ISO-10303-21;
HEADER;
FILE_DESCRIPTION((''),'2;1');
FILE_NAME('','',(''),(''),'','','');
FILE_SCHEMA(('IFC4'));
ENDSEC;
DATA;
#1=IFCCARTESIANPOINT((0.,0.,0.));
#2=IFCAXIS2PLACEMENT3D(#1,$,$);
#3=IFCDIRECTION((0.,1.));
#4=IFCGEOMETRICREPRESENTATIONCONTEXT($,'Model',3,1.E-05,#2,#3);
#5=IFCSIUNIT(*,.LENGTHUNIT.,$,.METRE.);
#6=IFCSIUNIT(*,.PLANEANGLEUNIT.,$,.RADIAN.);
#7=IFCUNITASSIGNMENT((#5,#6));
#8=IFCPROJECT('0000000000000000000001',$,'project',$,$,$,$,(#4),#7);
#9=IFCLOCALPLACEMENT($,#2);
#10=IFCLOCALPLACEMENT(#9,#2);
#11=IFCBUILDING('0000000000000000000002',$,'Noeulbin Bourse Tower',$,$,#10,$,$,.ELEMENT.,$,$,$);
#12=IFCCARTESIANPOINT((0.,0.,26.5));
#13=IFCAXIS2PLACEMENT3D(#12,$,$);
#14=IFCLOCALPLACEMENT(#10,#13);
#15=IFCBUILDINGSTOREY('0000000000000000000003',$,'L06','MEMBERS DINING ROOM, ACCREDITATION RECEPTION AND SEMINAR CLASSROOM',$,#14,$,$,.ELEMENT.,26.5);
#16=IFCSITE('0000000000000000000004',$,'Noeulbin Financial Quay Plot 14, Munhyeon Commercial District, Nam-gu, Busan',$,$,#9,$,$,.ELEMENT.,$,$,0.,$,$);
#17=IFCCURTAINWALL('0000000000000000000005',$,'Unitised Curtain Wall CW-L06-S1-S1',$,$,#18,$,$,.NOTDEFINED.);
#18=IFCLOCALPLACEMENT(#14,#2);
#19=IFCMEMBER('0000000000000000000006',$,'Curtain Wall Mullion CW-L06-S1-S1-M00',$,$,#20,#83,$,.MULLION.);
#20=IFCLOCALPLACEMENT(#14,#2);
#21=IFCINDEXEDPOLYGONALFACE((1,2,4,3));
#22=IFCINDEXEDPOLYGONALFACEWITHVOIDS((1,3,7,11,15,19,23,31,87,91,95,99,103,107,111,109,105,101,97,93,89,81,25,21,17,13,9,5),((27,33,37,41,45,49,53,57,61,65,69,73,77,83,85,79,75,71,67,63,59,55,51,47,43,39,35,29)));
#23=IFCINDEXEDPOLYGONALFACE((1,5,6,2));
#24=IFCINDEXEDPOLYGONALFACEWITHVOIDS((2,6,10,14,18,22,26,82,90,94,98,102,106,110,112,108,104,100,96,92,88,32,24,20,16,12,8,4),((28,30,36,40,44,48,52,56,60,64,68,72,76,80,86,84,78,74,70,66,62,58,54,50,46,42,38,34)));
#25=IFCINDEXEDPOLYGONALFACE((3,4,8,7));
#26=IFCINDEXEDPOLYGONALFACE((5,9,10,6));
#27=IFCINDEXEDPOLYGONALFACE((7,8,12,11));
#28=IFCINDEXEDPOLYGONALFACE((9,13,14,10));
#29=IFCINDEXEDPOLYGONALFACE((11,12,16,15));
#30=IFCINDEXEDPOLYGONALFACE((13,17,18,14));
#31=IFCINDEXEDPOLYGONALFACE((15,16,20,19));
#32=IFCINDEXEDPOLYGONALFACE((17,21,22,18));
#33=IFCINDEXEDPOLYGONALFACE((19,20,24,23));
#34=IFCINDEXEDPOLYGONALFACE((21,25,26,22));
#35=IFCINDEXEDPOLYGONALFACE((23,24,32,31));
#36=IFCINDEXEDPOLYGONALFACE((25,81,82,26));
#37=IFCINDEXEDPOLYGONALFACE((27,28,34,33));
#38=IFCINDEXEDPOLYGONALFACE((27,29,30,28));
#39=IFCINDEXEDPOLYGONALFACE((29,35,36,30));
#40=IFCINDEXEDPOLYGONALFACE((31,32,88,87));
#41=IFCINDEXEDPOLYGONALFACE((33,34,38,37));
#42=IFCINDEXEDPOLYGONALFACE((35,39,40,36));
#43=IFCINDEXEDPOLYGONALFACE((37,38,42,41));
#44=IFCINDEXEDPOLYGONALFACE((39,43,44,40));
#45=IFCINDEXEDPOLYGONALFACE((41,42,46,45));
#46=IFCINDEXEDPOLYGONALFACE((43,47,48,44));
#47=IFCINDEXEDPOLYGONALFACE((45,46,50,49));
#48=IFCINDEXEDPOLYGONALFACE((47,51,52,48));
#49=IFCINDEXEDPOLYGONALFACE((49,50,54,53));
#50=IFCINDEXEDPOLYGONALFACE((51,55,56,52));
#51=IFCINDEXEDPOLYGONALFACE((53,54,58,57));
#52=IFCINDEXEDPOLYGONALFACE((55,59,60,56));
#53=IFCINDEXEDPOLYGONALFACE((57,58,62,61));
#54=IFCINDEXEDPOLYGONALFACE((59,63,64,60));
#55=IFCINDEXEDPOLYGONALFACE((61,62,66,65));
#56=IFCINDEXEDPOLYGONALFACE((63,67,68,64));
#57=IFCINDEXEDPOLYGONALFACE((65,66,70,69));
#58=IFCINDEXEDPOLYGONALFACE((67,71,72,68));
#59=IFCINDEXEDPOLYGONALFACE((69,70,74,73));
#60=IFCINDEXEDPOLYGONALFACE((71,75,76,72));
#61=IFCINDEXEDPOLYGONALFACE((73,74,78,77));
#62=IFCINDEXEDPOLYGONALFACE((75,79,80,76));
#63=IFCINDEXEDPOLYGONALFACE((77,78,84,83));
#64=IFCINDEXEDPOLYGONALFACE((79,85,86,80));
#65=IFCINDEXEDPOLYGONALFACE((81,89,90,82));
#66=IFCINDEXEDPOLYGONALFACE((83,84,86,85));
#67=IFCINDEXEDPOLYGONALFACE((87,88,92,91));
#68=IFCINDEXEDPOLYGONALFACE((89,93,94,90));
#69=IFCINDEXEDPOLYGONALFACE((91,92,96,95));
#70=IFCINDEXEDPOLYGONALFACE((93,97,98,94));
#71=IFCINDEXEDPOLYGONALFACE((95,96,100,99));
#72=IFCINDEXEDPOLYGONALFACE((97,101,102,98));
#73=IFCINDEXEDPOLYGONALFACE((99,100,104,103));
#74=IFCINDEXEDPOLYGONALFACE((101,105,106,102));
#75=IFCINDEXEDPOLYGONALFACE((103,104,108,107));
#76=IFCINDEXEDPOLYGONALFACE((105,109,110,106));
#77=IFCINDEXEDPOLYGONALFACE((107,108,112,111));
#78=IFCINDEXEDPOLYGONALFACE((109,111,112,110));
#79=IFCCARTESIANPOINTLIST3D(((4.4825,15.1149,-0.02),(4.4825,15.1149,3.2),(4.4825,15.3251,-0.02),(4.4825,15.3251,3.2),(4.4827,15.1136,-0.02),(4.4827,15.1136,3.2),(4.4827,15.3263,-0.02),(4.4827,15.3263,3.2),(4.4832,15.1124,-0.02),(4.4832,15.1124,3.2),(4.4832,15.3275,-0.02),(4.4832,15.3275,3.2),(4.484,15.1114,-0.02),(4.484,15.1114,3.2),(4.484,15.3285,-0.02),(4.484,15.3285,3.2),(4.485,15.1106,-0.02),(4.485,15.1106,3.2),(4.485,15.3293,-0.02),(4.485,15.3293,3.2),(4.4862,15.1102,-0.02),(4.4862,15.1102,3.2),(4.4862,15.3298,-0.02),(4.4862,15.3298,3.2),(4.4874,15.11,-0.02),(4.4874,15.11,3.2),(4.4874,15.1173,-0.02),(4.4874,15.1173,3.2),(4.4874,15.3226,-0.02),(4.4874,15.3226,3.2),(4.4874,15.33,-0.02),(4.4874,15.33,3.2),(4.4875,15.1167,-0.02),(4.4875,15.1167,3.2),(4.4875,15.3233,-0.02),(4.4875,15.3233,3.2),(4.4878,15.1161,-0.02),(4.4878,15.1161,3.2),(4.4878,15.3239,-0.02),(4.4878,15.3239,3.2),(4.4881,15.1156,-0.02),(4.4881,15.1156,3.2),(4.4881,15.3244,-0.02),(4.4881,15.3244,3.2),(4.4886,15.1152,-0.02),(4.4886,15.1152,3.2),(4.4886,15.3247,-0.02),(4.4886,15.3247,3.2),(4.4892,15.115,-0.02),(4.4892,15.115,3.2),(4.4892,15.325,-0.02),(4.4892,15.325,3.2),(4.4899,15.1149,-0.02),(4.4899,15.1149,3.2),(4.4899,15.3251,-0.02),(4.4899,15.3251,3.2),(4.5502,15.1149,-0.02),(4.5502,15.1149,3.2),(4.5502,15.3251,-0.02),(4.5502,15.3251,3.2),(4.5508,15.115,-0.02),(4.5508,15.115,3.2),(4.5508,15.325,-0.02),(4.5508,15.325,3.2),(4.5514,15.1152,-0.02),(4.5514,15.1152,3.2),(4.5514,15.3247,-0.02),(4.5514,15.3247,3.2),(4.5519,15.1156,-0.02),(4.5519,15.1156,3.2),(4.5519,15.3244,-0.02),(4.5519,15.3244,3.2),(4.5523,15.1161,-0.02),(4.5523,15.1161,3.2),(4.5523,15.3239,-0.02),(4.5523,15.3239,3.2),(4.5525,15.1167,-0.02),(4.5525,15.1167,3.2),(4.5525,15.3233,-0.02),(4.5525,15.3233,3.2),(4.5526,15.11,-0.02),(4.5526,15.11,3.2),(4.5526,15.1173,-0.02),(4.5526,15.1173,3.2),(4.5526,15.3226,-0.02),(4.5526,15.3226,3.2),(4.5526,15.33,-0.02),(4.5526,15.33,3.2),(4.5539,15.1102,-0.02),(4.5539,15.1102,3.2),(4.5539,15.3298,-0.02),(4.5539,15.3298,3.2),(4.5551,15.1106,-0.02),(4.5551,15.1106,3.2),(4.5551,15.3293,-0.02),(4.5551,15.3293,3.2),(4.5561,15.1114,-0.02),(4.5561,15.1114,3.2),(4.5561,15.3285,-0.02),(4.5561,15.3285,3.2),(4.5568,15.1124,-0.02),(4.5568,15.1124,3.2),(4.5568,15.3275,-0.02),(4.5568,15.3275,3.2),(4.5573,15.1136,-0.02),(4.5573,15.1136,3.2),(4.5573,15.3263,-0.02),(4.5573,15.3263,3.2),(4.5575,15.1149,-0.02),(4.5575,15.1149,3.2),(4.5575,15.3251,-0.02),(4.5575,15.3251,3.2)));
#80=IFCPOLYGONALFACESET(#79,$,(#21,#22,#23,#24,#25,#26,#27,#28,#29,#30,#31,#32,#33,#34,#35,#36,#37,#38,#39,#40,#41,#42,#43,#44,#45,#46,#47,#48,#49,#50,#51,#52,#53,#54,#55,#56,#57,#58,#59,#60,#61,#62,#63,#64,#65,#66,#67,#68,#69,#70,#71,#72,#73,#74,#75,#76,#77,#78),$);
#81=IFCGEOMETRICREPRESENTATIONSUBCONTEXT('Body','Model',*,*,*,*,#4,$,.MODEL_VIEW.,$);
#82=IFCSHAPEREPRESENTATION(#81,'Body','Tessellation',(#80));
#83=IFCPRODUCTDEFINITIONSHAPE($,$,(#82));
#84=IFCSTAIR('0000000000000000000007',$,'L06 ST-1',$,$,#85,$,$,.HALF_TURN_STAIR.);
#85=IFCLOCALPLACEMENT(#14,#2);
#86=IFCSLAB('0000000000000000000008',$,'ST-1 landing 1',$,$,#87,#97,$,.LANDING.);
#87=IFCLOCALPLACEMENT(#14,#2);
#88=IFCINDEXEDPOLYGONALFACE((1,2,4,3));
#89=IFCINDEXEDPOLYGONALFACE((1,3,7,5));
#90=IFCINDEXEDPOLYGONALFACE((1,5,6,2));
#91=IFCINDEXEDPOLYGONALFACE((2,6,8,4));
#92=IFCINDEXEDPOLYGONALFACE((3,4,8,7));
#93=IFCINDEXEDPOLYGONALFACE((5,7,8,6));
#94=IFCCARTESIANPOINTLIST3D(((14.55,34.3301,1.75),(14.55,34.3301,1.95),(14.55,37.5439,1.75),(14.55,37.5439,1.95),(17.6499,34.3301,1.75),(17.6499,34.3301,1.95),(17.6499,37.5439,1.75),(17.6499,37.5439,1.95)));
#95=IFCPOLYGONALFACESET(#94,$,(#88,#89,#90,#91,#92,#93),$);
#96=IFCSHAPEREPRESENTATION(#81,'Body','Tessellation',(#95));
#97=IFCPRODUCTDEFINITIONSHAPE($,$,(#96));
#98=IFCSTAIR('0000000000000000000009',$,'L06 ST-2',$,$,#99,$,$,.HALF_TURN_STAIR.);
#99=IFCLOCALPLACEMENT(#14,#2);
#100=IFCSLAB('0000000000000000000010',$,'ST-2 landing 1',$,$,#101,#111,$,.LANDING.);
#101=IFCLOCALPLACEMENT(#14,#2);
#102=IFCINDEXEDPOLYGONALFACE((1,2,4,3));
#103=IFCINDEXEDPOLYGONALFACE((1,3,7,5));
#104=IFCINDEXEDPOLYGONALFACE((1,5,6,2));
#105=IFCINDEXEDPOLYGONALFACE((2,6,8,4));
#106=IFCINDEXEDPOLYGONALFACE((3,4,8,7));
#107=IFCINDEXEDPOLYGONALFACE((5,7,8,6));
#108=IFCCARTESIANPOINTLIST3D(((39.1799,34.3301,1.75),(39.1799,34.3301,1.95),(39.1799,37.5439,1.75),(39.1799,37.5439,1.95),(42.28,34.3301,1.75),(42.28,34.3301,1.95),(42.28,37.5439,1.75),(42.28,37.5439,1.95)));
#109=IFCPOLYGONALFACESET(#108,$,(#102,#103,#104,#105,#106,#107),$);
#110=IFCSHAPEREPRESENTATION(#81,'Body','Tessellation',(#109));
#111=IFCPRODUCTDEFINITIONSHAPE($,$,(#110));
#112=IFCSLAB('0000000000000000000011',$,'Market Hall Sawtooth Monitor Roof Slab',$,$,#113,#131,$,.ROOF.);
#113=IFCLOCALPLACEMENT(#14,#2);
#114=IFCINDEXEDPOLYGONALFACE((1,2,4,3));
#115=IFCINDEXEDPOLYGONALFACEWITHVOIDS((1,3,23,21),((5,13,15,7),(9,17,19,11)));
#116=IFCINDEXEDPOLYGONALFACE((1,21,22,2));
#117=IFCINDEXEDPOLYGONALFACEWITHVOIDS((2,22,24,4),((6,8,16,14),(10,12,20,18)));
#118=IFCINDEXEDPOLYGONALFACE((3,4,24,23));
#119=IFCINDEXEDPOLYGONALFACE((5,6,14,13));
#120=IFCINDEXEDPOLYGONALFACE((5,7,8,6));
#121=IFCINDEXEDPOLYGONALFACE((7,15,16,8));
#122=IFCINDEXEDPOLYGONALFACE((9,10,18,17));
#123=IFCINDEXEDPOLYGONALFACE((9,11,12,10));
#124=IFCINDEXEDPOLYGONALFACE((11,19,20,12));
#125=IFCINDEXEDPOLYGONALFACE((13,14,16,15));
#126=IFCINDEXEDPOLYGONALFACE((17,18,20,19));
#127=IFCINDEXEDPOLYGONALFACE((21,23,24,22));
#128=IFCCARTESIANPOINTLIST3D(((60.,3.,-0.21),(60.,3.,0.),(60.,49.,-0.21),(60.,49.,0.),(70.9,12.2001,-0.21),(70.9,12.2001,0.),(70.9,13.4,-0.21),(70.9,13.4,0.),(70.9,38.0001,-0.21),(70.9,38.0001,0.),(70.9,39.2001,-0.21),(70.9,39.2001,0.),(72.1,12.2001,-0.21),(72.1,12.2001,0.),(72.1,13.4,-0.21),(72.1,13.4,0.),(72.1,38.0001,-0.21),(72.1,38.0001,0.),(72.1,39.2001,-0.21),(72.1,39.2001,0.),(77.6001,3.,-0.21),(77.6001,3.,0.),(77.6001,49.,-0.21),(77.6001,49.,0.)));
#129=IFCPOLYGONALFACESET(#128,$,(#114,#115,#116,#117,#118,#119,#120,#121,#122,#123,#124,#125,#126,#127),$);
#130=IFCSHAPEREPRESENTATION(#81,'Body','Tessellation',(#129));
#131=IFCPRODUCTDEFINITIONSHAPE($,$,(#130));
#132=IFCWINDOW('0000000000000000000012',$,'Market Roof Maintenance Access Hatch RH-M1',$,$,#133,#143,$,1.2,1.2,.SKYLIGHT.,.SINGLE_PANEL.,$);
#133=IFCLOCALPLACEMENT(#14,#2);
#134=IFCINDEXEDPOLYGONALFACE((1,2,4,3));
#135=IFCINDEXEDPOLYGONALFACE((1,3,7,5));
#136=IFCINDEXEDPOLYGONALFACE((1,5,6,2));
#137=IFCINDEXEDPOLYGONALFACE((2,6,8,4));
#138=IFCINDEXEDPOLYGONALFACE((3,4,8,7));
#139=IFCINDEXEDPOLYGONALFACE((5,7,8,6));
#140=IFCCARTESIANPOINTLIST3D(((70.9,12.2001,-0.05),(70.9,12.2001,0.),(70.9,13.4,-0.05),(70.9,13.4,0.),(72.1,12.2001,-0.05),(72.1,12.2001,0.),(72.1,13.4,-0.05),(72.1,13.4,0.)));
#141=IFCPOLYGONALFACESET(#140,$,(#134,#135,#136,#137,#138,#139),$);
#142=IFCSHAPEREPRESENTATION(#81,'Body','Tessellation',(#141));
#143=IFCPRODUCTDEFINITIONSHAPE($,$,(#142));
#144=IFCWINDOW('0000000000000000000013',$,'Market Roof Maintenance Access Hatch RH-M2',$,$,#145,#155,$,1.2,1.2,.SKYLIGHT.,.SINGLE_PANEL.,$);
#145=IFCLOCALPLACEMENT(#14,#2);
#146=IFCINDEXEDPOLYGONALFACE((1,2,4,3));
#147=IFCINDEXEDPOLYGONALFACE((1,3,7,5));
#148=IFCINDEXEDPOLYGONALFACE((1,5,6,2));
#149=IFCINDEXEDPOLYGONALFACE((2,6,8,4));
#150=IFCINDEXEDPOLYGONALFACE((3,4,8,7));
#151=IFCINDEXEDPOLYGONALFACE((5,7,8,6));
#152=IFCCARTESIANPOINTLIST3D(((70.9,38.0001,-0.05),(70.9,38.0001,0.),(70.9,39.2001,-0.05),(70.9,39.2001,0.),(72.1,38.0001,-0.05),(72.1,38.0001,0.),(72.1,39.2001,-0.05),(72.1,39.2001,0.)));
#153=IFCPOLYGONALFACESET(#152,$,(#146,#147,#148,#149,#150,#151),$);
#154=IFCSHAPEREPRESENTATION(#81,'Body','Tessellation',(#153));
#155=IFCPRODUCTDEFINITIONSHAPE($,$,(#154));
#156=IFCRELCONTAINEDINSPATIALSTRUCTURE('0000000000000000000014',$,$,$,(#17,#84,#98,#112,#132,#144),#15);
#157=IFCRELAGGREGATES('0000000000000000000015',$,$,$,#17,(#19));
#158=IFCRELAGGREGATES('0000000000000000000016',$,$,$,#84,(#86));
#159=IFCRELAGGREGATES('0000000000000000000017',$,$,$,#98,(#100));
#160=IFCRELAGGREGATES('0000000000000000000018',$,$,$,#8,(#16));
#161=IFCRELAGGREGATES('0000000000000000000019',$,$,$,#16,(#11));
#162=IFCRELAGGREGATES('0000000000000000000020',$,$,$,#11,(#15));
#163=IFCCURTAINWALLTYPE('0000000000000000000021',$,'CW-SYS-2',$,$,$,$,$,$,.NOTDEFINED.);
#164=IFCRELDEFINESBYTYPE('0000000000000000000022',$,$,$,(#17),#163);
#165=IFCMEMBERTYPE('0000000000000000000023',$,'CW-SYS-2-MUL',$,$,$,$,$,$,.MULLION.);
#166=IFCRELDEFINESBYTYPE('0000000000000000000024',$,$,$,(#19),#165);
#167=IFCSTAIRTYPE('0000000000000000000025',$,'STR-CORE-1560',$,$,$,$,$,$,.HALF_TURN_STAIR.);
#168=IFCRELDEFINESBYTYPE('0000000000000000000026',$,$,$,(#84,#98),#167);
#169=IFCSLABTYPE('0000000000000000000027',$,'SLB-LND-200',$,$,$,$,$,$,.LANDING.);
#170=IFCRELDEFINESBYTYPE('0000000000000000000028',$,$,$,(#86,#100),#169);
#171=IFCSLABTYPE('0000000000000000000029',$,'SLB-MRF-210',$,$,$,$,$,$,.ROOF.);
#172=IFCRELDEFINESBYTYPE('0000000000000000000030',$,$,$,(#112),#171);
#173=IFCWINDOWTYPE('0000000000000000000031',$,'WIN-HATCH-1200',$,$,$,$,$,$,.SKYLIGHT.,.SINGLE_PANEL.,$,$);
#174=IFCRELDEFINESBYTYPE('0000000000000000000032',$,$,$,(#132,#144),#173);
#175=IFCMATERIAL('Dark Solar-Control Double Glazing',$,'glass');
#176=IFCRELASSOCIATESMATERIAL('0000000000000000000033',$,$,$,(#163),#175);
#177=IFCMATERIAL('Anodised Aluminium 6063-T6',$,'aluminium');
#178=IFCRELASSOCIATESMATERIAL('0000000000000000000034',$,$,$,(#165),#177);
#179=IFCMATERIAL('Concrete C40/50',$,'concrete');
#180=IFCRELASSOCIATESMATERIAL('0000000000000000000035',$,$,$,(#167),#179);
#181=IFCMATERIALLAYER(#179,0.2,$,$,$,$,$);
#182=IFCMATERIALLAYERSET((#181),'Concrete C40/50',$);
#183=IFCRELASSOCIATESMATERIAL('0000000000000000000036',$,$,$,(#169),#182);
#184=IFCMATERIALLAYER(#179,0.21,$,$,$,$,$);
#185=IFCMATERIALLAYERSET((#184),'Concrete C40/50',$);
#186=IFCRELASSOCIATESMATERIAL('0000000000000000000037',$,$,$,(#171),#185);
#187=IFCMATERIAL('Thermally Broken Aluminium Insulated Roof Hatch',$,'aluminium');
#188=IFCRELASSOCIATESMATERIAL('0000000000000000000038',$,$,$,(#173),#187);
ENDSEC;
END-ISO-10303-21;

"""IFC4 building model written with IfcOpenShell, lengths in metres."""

from ifc_helpers import new_model, si_unit, direction, frame, origin, origin_2d, place, context, subcontext, project, spatial, polyline, rectangle, hollow_rectangle, outline, extrude, material, layer, layer_set, material_profile, profile_set, type_object, element, fill, aggregate, save


model = new_model("IFC4")

# Units and contexts
model_context = context("Model", 3, precision=1e-05, world=origin(), true_north=direction((0.0, 1.0)))
body_context = subcontext(model_context, "Body", "Model", "MODEL_VIEW")
ifc_project = project(units=[si_unit("LENGTHUNIT", "METRE"), si_unit("PLANEANGLEUNIT", "RADIAN")], contexts=[model_context])

# Site, building, storey
site_placement = place(None, origin())
site = spatial("IfcSite", under=ifc_project, at=site_placement, Name="Noeulbin Financial Quay Plot 14, Munhyeon Commercial District, Nam-gu, Busan", CompositionType="ELEMENT", RefElevation=0.0)
building_placement = place(site_placement, origin())
building = spatial("IfcBuilding", under=site, at=building_placement, Name="Noeulbin Bourse Tower", CompositionType="ELEMENT")
storey_placement = place(building_placement, frame((0.0, 0.0, 26.5)))
storey = spatial("IfcBuildingStorey", under=building, at=storey_placement, Name="L06", Description="MEMBERS DINING ROOM, ACCREDITATION RECEPTION AND SEMINAR CLASSROOM", CompositionType="ELEMENT", Elevation=26.5)

# Curtain wall, member
ifc_material_1 = material(Name="Dark Solar-Control Double Glazing", Category="glass")
curtain_wall_type = type_object("IfcCurtainWallType", Name="CW-SYS-2", PredefinedType="NOTDEFINED", material=ifc_material_1)
curtain_wall_placement = place(storey_placement, origin())
curtain_wall = element("IfcCurtainWall", 1, at=curtain_wall_placement, inside=storey, type_object=curtain_wall_type, Name="Unitised Curtain Wall CW-L06-S1-S1", PredefinedType="NOTDEFINED")
ifc_material_2 = material(Name="Anodised Aluminium 6063-T6", Category="aluminium")
ifc_material_profile = material_profile(ifc_material_2, hollow_rectangle(XDim=0.075, YDim=0.22, WallThickness=0.0049, InnerFilletRadius=0.0024, OuterFilletRadius=0.0049, at=origin_2d()), Name="ALU-MULL-75x220x5", Category="LoadBearing")
ifc_profile_set = profile_set([ifc_material_profile], Name="Anodised Aluminium 6063-T6")
member_type = type_object("IfcMemberType", Name="CW-SYS-2-MUL", PredefinedType="MULLION", material=ifc_profile_set)
member_placement = place(storey_placement, frame((4.52, 15.22, -0.02), z_axis=(0.0, 0.0, 1.0), x_axis=(1.0, 0.0, 0.0)))
member = element("IfcMember", 2, at=member_placement, type_object=member_type, Name="Curtain Wall Mullion CW-L06-S1-S1-M00", PredefinedType="MULLION", context=body_context, shape_type="SweptSolid", body=[
    extrude(hollow_rectangle(XDim=0.075, YDim=0.22, WallThickness=0.0049, InnerFilletRadius=0.0024, OuterFilletRadius=0.0049, at=origin_2d()), origin(), (0.0, 0.0, 1.0), 3.22),
])
aggregate(curtain_wall, [member])

# Stairs, slabs
ifc_material_3 = material(Name="Concrete C40/50", Category="concrete")
stair_type = type_object("IfcStairType", Name="STR-CORE-1560", PredefinedType="HALF_TURN_STAIR", material=ifc_material_3)
stair_1_placement = place(storey_placement, origin())
stair_1 = element("IfcStair", 3, at=stair_1_placement, inside=storey, type_object=stair_type, Name="L06 ST-1", PredefinedType="HALF_TURN_STAIR")
ifc_layer_1 = layer(ifc_material_3, 0.2)
ifc_layer_set_1 = layer_set([ifc_layer_1], Name="Concrete C40/50")
slab_type_1 = type_object("IfcSlabType", Name="SLB-LND-200", PredefinedType="LANDING", material=ifc_layer_set_1)
slab_1_placement = place(storey_placement, frame((0.0, 0.0, 1.75)))
slab_1 = element("IfcSlab", 4, at=slab_1_placement, type_object=slab_type_1, Name="ST-1 landing 1", PredefinedType="LANDING", context=body_context, shape_type="SweptSolid", body=[
    extrude(outline(polyline([(17.6499, 34.3301), (17.6499, 37.5439), (14.55, 37.5439), (14.55, 34.3301), (17.6499, 34.3301)])), origin(), (0.0, 0.0, 1.0), 0.2),
])
aggregate(stair_1, [slab_1])
stair_2_placement = place(storey_placement, origin())
stair_2 = element("IfcStair", 5, at=stair_2_placement, inside=storey, type_object=stair_type, Name="L06 ST-2", PredefinedType="HALF_TURN_STAIR")
slab_2_placement = place(storey_placement, frame((0.0, 0.0, 1.75)))
slab_2 = element("IfcSlab", 6, at=slab_2_placement, type_object=slab_type_1, Name="ST-2 landing 1", PredefinedType="LANDING", context=body_context, shape_type="SweptSolid", body=[
    extrude(outline(polyline([(42.28, 34.3301), (42.28, 37.5439), (39.1799, 37.5439), (39.1799, 34.3301), (42.28, 34.3301)])), origin(), (0.0, 0.0, 1.0), 0.2),
])
aggregate(stair_2, [slab_2])

# Slab, openings, windows
ifc_layer_2 = layer(ifc_material_3, 0.21)
ifc_layer_set_2 = layer_set([ifc_layer_2], Name="Concrete C40/50")
slab_type_2 = type_object("IfcSlabType", Name="SLB-MRF-210", PredefinedType="ROOF", material=ifc_layer_set_2)
slab_3_placement = place(storey_placement, frame((0.0, 0.0, -0.21)))
slab_3 = element("IfcSlab", 7, at=slab_3_placement, inside=storey, type_object=slab_type_2, Name="Market Hall Sawtooth Monitor Roof Slab", PredefinedType="ROOF", context=body_context, shape_type="SweptSolid", body=[
    extrude(outline(polyline([(60.0, 3.0), (77.6001, 3.0), (77.6001, 49.0), (60.0, 49.0), (60.0, 3.0)])), origin(), (0.0, 0.0, 1.0), 0.21),
])
opening_1_placement = place(slab_3_placement, frame((71.5, 12.8, 0.0)))
opening_1 = element("IfcOpeningElement", 8, at=opening_1_placement, cuts=slab_3, PredefinedType="OPENING", context=body_context, shape_type="SweptSolid", body=[
    extrude(rectangle(XDim=1.2, YDim=1.2, at=origin_2d()), origin(), (0.0, 0.0, 1.0), 0.21),
])
opening_2_placement = place(slab_3_placement, frame((71.5, 38.6001, 0.0)))
opening_2 = element("IfcOpeningElement", 9, at=opening_2_placement, cuts=slab_3, PredefinedType="OPENING", context=body_context, shape_type="SweptSolid", body=[
    extrude(rectangle(XDim=1.2, YDim=1.2, at=origin_2d()), origin(), (0.0, 0.0, 1.0), 0.21),
])
ifc_material_4 = material(Name="Thermally Broken Aluminium Insulated Roof Hatch", Category="aluminium")
window_type = type_object("IfcWindowType", Name="WIN-HATCH-1200", PartitioningType="SINGLE_PANEL", PredefinedType="SKYLIGHT", material=ifc_material_4)
window_1_placement = place(opening_1_placement, frame((0.0, 0.0, 0.1599)))
window_1 = element("IfcWindow", 10, at=window_1_placement, inside=storey, type_object=window_type, Name="Market Roof Maintenance Access Hatch RH-M1", OverallHeight=1.2, OverallWidth=1.2, PartitioningType="SINGLE_PANEL", PredefinedType="SKYLIGHT", context=body_context, shape_type="SweptSolid", body=[
    extrude(rectangle(XDim=1.2, YDim=1.2, at=origin_2d()), origin(), (0.0, 0.0, 1.0), 0.05),
])
fill(opening_1, window_1)
window_2_placement = place(opening_2_placement, frame((0.0, 0.0, 0.1599)))
window_2 = element("IfcWindow", 11, at=window_2_placement, inside=storey, type_object=window_type, Name="Market Roof Maintenance Access Hatch RH-M2", OverallHeight=1.2, OverallWidth=1.2, PartitioningType="SINGLE_PANEL", PredefinedType="SKYLIGHT", context=body_context, shape_type="SweptSolid", body=[
    extrude(rectangle(XDim=1.2, YDim=1.2, at=origin_2d()), origin(), (0.0, 0.0, 1.0), 0.05),
])
fill(opening_2, window_2)

save(model, "model.ifc")
